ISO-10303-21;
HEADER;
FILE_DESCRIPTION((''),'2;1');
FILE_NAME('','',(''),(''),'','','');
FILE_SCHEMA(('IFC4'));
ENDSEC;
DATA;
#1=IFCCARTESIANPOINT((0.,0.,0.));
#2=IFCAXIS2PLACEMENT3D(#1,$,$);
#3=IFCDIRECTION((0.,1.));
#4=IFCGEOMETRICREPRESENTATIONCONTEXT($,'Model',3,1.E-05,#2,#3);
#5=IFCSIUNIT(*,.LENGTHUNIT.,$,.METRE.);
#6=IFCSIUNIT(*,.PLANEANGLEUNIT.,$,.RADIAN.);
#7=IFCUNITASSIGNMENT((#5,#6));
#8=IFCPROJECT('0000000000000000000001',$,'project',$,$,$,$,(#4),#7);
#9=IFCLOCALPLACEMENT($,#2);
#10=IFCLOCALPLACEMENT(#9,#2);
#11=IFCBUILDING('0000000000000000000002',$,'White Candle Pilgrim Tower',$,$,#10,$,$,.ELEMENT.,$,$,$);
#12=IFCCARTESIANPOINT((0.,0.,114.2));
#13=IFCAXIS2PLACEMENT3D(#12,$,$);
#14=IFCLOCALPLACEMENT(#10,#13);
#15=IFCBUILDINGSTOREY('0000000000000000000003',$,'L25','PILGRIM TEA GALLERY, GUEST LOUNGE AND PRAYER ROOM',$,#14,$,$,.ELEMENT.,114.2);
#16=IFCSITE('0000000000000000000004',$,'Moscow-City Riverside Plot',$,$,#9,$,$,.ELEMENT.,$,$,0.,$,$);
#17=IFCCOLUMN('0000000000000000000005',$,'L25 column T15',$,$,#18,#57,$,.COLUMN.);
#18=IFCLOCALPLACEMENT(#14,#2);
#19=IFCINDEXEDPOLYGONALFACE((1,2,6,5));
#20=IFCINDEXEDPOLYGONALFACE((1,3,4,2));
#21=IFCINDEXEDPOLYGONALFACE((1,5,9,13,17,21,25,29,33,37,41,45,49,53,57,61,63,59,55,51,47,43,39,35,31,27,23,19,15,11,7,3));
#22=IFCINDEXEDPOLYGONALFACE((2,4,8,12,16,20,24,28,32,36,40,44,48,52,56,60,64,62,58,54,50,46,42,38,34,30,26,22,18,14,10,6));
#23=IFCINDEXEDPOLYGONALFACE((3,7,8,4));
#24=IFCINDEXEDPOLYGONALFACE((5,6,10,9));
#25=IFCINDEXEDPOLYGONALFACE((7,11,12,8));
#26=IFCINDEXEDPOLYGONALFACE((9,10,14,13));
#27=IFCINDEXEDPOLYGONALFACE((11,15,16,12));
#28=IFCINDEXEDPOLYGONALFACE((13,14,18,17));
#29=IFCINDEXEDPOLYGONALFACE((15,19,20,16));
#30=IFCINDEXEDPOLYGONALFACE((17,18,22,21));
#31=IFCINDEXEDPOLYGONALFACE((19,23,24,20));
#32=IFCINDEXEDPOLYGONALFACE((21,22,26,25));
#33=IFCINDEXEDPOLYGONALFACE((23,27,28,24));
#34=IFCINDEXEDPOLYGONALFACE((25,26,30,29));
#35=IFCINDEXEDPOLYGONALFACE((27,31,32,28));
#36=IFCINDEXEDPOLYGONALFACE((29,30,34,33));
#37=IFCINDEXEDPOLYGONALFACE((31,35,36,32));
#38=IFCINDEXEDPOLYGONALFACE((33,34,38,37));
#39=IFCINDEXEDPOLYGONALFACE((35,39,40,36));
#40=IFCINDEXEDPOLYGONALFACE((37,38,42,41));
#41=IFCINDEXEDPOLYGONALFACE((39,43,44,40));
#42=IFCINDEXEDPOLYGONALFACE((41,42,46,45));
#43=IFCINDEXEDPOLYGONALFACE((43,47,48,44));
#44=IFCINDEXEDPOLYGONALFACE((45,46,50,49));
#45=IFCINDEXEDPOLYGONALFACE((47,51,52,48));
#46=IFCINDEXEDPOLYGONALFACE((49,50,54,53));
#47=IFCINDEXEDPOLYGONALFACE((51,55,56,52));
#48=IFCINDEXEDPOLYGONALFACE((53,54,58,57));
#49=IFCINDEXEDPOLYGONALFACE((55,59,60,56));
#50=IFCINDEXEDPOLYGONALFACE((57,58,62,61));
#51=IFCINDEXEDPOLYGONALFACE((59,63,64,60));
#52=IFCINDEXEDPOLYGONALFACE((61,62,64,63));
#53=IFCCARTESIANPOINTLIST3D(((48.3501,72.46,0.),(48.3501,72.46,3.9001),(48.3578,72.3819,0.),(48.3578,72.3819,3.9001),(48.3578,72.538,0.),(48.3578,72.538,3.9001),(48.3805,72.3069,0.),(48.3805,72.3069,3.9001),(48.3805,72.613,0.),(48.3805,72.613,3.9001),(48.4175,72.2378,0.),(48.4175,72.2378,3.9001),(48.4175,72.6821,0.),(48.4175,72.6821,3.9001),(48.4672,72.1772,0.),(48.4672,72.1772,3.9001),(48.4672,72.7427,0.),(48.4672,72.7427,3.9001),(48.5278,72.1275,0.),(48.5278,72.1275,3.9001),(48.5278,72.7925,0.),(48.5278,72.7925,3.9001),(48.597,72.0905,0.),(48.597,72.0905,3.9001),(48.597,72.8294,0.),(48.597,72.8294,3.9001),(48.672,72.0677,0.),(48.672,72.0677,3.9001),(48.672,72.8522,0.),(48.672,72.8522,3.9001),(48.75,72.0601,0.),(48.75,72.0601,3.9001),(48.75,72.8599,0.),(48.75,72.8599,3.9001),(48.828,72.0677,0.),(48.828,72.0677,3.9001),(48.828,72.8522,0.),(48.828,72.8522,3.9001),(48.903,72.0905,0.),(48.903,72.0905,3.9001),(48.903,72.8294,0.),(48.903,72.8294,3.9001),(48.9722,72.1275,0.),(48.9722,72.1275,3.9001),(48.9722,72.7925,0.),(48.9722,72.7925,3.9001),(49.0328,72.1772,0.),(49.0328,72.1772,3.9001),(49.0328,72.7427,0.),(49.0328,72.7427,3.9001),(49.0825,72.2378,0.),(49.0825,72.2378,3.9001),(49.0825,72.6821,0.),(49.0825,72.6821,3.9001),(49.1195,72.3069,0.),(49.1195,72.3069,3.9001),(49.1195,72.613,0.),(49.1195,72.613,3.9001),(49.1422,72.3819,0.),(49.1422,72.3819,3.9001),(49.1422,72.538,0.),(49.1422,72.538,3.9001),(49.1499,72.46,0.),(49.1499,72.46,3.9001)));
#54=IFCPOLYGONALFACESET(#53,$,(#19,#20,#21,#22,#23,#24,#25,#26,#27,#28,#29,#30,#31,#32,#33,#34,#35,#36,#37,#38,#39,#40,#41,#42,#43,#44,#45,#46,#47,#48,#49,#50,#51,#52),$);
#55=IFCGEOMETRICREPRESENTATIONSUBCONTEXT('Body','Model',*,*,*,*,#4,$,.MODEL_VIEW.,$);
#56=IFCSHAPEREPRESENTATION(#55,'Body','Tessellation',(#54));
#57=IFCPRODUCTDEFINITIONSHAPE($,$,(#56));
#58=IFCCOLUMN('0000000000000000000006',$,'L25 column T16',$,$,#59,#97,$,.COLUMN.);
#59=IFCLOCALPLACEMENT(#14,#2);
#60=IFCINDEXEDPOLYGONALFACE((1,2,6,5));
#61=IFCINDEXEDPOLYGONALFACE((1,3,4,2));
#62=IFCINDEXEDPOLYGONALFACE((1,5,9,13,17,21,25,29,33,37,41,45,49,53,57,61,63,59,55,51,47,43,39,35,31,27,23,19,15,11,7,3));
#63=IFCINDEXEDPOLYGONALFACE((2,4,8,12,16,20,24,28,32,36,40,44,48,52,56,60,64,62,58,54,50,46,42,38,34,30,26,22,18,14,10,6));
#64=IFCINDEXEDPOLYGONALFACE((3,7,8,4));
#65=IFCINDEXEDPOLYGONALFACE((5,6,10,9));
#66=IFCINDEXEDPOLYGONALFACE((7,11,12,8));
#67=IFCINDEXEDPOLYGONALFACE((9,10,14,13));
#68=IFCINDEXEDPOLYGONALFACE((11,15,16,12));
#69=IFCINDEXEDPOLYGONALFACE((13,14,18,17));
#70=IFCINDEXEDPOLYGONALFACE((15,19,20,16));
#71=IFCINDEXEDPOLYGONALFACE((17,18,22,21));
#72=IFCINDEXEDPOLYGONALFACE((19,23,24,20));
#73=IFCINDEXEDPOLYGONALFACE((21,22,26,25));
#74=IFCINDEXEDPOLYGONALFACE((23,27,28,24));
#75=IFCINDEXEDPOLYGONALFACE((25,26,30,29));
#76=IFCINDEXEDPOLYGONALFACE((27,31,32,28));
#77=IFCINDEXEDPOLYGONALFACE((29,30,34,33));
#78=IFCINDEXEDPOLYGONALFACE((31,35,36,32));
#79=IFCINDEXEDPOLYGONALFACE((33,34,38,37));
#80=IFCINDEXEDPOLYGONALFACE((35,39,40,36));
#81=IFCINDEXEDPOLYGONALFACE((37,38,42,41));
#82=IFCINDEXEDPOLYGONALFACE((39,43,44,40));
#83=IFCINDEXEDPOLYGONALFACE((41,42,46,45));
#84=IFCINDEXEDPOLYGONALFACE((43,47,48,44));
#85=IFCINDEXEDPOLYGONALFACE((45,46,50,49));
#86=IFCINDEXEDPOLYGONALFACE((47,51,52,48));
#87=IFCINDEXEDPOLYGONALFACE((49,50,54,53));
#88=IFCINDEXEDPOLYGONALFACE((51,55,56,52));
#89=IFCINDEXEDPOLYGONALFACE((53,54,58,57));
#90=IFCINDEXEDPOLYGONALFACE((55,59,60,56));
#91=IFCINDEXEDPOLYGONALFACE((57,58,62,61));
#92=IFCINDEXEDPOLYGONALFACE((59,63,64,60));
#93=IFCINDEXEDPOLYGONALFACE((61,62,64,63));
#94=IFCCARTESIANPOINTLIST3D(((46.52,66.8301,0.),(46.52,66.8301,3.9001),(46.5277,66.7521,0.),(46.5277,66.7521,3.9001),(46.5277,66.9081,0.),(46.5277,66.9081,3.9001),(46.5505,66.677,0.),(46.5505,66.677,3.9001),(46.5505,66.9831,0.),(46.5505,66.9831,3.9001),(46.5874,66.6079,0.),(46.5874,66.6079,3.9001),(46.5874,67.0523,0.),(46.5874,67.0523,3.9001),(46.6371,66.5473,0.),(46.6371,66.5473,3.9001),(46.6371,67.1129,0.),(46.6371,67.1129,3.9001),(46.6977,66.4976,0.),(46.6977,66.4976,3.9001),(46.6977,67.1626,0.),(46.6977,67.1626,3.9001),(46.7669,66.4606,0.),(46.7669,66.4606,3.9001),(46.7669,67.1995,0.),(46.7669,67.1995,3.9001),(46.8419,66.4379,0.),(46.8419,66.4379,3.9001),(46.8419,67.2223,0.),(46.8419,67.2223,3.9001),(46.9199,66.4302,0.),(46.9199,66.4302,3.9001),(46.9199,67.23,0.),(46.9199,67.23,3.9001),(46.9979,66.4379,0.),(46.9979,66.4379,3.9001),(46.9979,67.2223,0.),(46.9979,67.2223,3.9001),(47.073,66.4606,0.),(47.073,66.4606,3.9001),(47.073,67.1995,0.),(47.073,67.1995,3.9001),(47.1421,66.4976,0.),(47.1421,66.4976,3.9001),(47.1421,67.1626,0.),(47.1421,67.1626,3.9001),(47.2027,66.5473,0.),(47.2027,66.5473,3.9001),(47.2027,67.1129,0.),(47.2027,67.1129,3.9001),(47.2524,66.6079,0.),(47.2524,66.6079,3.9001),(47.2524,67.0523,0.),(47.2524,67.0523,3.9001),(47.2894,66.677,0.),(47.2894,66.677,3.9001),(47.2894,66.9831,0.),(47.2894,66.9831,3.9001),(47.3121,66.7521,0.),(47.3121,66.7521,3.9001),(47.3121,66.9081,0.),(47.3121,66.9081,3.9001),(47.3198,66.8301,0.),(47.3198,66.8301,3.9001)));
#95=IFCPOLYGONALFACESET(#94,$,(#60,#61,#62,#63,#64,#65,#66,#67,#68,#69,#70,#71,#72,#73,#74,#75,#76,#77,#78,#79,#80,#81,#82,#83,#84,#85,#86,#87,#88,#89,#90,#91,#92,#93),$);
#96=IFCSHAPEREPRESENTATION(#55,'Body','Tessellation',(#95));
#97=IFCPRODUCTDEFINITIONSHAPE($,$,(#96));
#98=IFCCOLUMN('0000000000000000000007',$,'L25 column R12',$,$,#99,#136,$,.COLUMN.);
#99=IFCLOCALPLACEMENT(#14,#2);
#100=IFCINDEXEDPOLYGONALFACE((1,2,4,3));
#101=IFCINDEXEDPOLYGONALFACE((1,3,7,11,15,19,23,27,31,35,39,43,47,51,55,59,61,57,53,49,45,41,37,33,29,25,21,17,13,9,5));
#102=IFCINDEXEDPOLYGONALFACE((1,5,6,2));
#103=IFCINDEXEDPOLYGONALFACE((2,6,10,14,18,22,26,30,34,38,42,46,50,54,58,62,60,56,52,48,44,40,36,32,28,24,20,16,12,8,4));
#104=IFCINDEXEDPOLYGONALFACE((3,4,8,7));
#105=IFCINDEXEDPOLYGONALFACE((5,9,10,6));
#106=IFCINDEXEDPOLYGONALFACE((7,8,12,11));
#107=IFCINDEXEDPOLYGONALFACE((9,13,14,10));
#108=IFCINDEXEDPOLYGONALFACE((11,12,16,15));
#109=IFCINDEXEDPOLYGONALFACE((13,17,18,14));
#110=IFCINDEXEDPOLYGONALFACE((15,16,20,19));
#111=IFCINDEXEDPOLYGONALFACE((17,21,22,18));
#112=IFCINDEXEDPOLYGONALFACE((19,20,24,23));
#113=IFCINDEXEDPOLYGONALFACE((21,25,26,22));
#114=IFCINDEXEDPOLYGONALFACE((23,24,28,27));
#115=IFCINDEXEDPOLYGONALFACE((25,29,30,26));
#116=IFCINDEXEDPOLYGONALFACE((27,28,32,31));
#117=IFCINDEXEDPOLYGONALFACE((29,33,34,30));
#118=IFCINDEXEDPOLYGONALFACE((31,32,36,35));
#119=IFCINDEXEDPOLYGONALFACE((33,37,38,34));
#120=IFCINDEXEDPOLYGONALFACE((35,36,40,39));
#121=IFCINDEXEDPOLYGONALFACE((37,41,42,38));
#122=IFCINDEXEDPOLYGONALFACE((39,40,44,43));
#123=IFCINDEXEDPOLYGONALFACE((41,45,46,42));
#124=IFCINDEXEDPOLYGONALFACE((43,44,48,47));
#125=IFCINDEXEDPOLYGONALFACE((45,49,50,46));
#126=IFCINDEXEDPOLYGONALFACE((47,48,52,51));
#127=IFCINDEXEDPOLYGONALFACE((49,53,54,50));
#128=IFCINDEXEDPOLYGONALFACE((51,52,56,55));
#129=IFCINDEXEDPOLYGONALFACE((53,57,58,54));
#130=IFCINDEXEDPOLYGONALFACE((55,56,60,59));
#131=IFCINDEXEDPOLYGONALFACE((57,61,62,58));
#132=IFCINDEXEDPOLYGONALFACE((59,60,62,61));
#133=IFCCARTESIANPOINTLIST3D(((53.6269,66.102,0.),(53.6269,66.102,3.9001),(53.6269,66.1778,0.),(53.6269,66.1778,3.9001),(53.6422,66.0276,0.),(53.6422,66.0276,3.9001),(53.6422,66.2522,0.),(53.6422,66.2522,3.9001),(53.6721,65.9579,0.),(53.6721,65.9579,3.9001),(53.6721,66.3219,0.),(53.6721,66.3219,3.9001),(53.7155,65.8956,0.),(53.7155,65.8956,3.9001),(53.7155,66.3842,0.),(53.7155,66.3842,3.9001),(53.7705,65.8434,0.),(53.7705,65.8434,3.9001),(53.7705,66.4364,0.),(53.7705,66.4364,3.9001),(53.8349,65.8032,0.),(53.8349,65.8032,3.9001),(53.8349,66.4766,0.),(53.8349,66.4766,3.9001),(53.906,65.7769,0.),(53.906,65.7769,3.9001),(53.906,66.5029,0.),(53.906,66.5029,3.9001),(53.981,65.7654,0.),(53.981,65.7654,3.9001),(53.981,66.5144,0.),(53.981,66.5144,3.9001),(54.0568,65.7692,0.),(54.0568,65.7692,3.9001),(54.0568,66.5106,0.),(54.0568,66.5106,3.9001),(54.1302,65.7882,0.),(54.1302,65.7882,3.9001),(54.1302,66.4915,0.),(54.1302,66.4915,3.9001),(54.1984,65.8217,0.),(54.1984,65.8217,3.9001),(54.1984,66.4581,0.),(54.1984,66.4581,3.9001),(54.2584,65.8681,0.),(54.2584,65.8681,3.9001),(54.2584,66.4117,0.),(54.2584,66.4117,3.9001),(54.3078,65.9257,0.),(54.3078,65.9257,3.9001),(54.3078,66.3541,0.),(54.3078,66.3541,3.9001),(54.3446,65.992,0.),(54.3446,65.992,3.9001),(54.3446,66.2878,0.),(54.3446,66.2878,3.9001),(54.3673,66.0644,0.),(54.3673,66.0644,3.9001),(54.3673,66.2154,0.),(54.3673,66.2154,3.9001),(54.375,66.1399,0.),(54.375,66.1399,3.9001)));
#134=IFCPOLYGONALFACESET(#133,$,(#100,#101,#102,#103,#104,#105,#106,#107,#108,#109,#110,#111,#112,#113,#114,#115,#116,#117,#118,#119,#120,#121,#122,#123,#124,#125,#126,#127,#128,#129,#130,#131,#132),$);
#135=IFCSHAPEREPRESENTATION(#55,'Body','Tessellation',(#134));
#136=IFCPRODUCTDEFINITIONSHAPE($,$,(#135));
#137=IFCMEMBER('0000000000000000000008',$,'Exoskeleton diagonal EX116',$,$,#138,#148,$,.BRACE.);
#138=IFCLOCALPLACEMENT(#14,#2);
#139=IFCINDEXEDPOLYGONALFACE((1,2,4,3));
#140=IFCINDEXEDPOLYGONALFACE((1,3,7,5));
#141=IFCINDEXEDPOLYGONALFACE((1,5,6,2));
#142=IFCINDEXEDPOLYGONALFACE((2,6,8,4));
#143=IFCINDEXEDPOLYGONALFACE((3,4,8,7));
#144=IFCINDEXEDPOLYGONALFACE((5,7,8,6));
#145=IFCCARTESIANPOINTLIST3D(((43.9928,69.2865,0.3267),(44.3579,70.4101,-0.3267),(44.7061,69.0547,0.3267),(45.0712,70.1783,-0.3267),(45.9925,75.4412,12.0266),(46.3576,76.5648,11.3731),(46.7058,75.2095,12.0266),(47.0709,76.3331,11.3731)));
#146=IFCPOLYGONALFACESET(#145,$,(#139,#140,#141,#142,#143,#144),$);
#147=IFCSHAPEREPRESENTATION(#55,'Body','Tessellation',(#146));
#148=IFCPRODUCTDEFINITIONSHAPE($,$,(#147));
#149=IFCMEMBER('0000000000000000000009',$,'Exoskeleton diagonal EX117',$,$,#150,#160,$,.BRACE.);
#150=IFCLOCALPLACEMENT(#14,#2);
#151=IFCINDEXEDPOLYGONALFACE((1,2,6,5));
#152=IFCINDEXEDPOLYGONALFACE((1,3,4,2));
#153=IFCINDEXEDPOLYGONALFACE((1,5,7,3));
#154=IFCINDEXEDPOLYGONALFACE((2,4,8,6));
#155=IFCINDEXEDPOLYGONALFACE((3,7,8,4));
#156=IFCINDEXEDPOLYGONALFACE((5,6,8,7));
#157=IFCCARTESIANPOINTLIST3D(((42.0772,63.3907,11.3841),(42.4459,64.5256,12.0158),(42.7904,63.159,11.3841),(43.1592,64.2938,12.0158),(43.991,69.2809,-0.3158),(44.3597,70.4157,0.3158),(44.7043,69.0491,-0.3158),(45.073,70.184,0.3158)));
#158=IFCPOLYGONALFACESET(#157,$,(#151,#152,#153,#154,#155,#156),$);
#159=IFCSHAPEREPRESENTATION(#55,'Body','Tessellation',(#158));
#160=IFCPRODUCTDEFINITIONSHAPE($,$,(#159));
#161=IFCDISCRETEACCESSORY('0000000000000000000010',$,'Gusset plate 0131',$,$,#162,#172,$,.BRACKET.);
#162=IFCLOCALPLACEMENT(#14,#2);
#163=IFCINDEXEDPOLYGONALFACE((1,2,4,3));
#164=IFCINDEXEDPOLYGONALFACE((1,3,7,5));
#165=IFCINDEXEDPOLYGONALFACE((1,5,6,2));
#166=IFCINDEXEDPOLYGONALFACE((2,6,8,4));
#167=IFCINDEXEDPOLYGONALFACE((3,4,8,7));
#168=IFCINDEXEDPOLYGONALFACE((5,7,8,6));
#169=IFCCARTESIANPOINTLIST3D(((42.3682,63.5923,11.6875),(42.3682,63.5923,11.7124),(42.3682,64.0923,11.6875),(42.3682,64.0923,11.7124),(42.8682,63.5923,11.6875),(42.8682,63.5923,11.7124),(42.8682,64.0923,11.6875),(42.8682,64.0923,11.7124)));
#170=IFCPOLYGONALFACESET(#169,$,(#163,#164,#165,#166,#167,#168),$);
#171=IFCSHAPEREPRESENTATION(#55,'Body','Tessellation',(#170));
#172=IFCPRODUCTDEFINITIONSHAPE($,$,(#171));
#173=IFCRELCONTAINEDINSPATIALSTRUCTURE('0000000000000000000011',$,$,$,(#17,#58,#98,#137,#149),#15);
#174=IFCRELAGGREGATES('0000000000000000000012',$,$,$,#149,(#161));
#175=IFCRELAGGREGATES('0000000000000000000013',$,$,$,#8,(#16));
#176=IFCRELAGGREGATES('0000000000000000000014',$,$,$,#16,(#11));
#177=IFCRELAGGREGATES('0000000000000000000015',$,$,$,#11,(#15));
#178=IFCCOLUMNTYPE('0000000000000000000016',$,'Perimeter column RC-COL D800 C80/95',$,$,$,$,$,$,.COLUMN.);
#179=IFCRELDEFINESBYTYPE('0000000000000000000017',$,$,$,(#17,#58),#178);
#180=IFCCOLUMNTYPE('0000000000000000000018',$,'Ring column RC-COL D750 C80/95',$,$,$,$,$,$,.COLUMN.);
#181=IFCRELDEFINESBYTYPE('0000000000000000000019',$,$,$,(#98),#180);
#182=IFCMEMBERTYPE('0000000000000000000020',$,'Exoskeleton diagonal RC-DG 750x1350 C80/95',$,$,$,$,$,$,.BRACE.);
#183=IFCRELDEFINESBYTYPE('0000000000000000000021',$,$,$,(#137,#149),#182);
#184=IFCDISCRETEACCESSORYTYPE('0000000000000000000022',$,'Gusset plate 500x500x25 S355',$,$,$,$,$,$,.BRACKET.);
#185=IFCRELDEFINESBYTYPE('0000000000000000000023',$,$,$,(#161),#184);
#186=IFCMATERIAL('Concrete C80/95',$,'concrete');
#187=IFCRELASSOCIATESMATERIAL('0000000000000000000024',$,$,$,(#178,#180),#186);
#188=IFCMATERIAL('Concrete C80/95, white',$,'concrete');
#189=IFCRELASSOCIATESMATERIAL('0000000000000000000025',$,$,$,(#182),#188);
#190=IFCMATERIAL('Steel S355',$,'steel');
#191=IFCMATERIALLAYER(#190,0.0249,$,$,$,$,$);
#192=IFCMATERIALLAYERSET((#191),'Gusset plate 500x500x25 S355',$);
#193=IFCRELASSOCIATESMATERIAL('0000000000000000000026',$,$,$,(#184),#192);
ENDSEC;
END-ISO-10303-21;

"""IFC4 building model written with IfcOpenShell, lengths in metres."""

from ifc_helpers import new_model, si_unit, direction, frame, origin, origin_2d, place, context, subcontext, project, spatial, rectangle, circle, extrude, material, layer, layer_set, material_profile, profile_set, type_object, element, aggregate, save


model = new_model("IFC4")

# Units and contexts
model_context = context("Model", 3, precision=1e-05, world=origin(), true_north=direction((0.0, 1.0)))
body_context = subcontext(model_context, "Body", "Model", "MODEL_VIEW")
ifc_project = project(units=[si_unit("LENGTHUNIT", "METRE"), si_unit("PLANEANGLEUNIT", "RADIAN")], contexts=[model_context])

# Site, building, storey
site_placement = place(None, origin())
site = spatial("IfcSite", under=ifc_project, at=site_placement, Name="Moscow-City Riverside Plot", CompositionType="ELEMENT", RefElevation=0.0)
building_placement = place(site_placement, origin())
building = spatial("IfcBuilding", under=site, at=building_placement, Name="White Candle Pilgrim Tower", CompositionType="ELEMENT")
storey_placement = place(building_placement, frame((0.0, 0.0, 114.2)))
storey = spatial("IfcBuildingStorey", under=building, at=storey_placement, Name="L25", Description="PILGRIM TEA GALLERY, GUEST LOUNGE AND PRAYER ROOM", CompositionType="ELEMENT", Elevation=114.2)

# Columns
ifc_material_1 = material(Name="Concrete C80/95", Category="concrete")
ifc_material_profile_1 = material_profile(ifc_material_1, circle(Radius=0.3999, at=origin_2d()), Name="RC-COL D800")
ifc_profile_set_1 = profile_set([ifc_material_profile_1], Name="Concrete C80/95")
column_type_1 = type_object("IfcColumnType", Name="Perimeter column RC-COL D800 C80/95", PredefinedType="COLUMN", material=ifc_profile_set_1)
for number, where, z_axis, x_axis, name in (
    (1, (48.75, 72.46, 0.0), (0.0, 0.0, 1.0), (1.0, 0.0, 0.0), "L25 column T15"),
    (2, (46.9199, 66.8301, 0.0), (0.0, 0.0, 1.0), (1.0, 0.0, 0.0), "L25 column T16"),
):
    element("IfcColumn", number, at=place(storey_placement, frame(where, z_axis=z_axis, x_axis=x_axis)), inside=storey, type_object=column_type_1, Name=name, PredefinedType="COLUMN", context=body_context, shape_type="SweptSolid", body=[
        extrude(circle(Radius=0.3999, at=origin_2d()), origin(), (0.0, 0.0, 1.0), 3.9001),
    ])
ifc_material_profile_2 = material_profile(ifc_material_1, circle(Radius=0.375, at=origin_2d()), Name="RC-COL D750")
ifc_profile_set_2 = profile_set([ifc_material_profile_2], Name="Concrete C80/95")
column_type_2 = type_object("IfcColumnType", Name="Ring column RC-COL D750 C80/95", PredefinedType="COLUMN", material=ifc_profile_set_2)
column_placement = place(storey_placement, frame((54.0, 66.1399, 0.0), z_axis=(0.0, 0.0, 1.0), x_axis=(1.0, 0.0, 0.0)))
element("IfcColumn", 3, at=column_placement, inside=storey, type_object=column_type_2, Name="L25 column R12", PredefinedType="COLUMN", context=body_context, shape_type="SweptSolid", body=[
    extrude(circle(Radius=0.375, at=origin_2d()), origin(), (0.0, 0.0, 1.0), 3.9001),
])

# Members
ifc_material_2 = material(Name="Concrete C80/95, white", Category="concrete")
ifc_material_profile_3 = material_profile(ifc_material_2, rectangle(XDim=0.75, YDim=1.3501, at=origin_2d()), Name="RC-DG 750x1350")
ifc_profile_set_3 = profile_set([ifc_material_profile_3], Name="Concrete C80/95, white")
member_type_1 = type_object("IfcMemberType", Name="Exoskeleton diagonal RC-DG 750x1350 C80/95", PredefinedType="BRACE", material=ifc_profile_set_3)
member_1_placement = place(storey_placement, frame((44.532, 69.7324, 0.0), z_axis=(0.149565, 0.460327, 0.87506), x_axis=(-0.951059, 0.309009, 0.0)))
element("IfcMember", 4, at=member_1_placement, inside=storey, type_object=member_type_1, Name="Exoskeleton diagonal EX116", PredefinedType="BRACE", context=body_context, shape_type="SweptSolid", body=[
    extrude(rectangle(XDim=0.75, YDim=1.3501, at=origin_2d()), origin(), (0.0, 0.0, 1.0), 13.3704),
])
member_2_placement = place(storey_placement, frame((44.532, 69.7324, 0.0), z_axis=(-0.14457, -0.444941, 0.883814), x_axis=(0.951057, -0.309017, 0.0)))
member_2 = element("IfcMember", 5, at=member_2_placement, inside=storey, type_object=member_type_1, Name="Exoskeleton diagonal EX117", PredefinedType="BRACE", context=body_context, shape_type="SweptSolid", body=[
    extrude(rectangle(XDim=0.75, YDim=1.3501, at=origin_2d()), origin(), (0.0, 0.0, 1.0), 13.238),
])

# Discrete accessory
ifc_material_3 = material(Name="Steel S355", Category="steel")
ifc_layer_1 = layer(ifc_material_3, 0.0249)
ifc_layer_set_1 = layer_set([ifc_layer_1], Name="Gusset plate 500x500x25 S355")
discrete_accessory_type = type_object("IfcDiscreteAccessoryType", Name="Gusset plate 500x500x25 S355", PredefinedType="BRACKET", material=ifc_layer_set_1)
placement = place(building_placement, frame((0.0, 0.0, 125.8999)))
discrete_accessory_1_placement = place(placement, frame((42.6182, 63.8423, -0.0125), z_axis=(0.0, 0.0, 1.0), x_axis=(1.0, 0.0, 0.0)))
discrete_accessory_1 = element("IfcDiscreteAccessory", 6, at=discrete_accessory_1_placement, type_object=discrete_accessory_type, Name="Gusset plate 0131", PredefinedType="BRACKET", context=body_context, shape_type="SweptSolid", body=[
    extrude(rectangle(XDim=0.5, YDim=0.5, at=origin_2d()), origin(), (0.0, 0.0, 1.0), 0.0249),
])
aggregate(member_2, [discrete_accessory_1])

save(model, "model.ifc")
